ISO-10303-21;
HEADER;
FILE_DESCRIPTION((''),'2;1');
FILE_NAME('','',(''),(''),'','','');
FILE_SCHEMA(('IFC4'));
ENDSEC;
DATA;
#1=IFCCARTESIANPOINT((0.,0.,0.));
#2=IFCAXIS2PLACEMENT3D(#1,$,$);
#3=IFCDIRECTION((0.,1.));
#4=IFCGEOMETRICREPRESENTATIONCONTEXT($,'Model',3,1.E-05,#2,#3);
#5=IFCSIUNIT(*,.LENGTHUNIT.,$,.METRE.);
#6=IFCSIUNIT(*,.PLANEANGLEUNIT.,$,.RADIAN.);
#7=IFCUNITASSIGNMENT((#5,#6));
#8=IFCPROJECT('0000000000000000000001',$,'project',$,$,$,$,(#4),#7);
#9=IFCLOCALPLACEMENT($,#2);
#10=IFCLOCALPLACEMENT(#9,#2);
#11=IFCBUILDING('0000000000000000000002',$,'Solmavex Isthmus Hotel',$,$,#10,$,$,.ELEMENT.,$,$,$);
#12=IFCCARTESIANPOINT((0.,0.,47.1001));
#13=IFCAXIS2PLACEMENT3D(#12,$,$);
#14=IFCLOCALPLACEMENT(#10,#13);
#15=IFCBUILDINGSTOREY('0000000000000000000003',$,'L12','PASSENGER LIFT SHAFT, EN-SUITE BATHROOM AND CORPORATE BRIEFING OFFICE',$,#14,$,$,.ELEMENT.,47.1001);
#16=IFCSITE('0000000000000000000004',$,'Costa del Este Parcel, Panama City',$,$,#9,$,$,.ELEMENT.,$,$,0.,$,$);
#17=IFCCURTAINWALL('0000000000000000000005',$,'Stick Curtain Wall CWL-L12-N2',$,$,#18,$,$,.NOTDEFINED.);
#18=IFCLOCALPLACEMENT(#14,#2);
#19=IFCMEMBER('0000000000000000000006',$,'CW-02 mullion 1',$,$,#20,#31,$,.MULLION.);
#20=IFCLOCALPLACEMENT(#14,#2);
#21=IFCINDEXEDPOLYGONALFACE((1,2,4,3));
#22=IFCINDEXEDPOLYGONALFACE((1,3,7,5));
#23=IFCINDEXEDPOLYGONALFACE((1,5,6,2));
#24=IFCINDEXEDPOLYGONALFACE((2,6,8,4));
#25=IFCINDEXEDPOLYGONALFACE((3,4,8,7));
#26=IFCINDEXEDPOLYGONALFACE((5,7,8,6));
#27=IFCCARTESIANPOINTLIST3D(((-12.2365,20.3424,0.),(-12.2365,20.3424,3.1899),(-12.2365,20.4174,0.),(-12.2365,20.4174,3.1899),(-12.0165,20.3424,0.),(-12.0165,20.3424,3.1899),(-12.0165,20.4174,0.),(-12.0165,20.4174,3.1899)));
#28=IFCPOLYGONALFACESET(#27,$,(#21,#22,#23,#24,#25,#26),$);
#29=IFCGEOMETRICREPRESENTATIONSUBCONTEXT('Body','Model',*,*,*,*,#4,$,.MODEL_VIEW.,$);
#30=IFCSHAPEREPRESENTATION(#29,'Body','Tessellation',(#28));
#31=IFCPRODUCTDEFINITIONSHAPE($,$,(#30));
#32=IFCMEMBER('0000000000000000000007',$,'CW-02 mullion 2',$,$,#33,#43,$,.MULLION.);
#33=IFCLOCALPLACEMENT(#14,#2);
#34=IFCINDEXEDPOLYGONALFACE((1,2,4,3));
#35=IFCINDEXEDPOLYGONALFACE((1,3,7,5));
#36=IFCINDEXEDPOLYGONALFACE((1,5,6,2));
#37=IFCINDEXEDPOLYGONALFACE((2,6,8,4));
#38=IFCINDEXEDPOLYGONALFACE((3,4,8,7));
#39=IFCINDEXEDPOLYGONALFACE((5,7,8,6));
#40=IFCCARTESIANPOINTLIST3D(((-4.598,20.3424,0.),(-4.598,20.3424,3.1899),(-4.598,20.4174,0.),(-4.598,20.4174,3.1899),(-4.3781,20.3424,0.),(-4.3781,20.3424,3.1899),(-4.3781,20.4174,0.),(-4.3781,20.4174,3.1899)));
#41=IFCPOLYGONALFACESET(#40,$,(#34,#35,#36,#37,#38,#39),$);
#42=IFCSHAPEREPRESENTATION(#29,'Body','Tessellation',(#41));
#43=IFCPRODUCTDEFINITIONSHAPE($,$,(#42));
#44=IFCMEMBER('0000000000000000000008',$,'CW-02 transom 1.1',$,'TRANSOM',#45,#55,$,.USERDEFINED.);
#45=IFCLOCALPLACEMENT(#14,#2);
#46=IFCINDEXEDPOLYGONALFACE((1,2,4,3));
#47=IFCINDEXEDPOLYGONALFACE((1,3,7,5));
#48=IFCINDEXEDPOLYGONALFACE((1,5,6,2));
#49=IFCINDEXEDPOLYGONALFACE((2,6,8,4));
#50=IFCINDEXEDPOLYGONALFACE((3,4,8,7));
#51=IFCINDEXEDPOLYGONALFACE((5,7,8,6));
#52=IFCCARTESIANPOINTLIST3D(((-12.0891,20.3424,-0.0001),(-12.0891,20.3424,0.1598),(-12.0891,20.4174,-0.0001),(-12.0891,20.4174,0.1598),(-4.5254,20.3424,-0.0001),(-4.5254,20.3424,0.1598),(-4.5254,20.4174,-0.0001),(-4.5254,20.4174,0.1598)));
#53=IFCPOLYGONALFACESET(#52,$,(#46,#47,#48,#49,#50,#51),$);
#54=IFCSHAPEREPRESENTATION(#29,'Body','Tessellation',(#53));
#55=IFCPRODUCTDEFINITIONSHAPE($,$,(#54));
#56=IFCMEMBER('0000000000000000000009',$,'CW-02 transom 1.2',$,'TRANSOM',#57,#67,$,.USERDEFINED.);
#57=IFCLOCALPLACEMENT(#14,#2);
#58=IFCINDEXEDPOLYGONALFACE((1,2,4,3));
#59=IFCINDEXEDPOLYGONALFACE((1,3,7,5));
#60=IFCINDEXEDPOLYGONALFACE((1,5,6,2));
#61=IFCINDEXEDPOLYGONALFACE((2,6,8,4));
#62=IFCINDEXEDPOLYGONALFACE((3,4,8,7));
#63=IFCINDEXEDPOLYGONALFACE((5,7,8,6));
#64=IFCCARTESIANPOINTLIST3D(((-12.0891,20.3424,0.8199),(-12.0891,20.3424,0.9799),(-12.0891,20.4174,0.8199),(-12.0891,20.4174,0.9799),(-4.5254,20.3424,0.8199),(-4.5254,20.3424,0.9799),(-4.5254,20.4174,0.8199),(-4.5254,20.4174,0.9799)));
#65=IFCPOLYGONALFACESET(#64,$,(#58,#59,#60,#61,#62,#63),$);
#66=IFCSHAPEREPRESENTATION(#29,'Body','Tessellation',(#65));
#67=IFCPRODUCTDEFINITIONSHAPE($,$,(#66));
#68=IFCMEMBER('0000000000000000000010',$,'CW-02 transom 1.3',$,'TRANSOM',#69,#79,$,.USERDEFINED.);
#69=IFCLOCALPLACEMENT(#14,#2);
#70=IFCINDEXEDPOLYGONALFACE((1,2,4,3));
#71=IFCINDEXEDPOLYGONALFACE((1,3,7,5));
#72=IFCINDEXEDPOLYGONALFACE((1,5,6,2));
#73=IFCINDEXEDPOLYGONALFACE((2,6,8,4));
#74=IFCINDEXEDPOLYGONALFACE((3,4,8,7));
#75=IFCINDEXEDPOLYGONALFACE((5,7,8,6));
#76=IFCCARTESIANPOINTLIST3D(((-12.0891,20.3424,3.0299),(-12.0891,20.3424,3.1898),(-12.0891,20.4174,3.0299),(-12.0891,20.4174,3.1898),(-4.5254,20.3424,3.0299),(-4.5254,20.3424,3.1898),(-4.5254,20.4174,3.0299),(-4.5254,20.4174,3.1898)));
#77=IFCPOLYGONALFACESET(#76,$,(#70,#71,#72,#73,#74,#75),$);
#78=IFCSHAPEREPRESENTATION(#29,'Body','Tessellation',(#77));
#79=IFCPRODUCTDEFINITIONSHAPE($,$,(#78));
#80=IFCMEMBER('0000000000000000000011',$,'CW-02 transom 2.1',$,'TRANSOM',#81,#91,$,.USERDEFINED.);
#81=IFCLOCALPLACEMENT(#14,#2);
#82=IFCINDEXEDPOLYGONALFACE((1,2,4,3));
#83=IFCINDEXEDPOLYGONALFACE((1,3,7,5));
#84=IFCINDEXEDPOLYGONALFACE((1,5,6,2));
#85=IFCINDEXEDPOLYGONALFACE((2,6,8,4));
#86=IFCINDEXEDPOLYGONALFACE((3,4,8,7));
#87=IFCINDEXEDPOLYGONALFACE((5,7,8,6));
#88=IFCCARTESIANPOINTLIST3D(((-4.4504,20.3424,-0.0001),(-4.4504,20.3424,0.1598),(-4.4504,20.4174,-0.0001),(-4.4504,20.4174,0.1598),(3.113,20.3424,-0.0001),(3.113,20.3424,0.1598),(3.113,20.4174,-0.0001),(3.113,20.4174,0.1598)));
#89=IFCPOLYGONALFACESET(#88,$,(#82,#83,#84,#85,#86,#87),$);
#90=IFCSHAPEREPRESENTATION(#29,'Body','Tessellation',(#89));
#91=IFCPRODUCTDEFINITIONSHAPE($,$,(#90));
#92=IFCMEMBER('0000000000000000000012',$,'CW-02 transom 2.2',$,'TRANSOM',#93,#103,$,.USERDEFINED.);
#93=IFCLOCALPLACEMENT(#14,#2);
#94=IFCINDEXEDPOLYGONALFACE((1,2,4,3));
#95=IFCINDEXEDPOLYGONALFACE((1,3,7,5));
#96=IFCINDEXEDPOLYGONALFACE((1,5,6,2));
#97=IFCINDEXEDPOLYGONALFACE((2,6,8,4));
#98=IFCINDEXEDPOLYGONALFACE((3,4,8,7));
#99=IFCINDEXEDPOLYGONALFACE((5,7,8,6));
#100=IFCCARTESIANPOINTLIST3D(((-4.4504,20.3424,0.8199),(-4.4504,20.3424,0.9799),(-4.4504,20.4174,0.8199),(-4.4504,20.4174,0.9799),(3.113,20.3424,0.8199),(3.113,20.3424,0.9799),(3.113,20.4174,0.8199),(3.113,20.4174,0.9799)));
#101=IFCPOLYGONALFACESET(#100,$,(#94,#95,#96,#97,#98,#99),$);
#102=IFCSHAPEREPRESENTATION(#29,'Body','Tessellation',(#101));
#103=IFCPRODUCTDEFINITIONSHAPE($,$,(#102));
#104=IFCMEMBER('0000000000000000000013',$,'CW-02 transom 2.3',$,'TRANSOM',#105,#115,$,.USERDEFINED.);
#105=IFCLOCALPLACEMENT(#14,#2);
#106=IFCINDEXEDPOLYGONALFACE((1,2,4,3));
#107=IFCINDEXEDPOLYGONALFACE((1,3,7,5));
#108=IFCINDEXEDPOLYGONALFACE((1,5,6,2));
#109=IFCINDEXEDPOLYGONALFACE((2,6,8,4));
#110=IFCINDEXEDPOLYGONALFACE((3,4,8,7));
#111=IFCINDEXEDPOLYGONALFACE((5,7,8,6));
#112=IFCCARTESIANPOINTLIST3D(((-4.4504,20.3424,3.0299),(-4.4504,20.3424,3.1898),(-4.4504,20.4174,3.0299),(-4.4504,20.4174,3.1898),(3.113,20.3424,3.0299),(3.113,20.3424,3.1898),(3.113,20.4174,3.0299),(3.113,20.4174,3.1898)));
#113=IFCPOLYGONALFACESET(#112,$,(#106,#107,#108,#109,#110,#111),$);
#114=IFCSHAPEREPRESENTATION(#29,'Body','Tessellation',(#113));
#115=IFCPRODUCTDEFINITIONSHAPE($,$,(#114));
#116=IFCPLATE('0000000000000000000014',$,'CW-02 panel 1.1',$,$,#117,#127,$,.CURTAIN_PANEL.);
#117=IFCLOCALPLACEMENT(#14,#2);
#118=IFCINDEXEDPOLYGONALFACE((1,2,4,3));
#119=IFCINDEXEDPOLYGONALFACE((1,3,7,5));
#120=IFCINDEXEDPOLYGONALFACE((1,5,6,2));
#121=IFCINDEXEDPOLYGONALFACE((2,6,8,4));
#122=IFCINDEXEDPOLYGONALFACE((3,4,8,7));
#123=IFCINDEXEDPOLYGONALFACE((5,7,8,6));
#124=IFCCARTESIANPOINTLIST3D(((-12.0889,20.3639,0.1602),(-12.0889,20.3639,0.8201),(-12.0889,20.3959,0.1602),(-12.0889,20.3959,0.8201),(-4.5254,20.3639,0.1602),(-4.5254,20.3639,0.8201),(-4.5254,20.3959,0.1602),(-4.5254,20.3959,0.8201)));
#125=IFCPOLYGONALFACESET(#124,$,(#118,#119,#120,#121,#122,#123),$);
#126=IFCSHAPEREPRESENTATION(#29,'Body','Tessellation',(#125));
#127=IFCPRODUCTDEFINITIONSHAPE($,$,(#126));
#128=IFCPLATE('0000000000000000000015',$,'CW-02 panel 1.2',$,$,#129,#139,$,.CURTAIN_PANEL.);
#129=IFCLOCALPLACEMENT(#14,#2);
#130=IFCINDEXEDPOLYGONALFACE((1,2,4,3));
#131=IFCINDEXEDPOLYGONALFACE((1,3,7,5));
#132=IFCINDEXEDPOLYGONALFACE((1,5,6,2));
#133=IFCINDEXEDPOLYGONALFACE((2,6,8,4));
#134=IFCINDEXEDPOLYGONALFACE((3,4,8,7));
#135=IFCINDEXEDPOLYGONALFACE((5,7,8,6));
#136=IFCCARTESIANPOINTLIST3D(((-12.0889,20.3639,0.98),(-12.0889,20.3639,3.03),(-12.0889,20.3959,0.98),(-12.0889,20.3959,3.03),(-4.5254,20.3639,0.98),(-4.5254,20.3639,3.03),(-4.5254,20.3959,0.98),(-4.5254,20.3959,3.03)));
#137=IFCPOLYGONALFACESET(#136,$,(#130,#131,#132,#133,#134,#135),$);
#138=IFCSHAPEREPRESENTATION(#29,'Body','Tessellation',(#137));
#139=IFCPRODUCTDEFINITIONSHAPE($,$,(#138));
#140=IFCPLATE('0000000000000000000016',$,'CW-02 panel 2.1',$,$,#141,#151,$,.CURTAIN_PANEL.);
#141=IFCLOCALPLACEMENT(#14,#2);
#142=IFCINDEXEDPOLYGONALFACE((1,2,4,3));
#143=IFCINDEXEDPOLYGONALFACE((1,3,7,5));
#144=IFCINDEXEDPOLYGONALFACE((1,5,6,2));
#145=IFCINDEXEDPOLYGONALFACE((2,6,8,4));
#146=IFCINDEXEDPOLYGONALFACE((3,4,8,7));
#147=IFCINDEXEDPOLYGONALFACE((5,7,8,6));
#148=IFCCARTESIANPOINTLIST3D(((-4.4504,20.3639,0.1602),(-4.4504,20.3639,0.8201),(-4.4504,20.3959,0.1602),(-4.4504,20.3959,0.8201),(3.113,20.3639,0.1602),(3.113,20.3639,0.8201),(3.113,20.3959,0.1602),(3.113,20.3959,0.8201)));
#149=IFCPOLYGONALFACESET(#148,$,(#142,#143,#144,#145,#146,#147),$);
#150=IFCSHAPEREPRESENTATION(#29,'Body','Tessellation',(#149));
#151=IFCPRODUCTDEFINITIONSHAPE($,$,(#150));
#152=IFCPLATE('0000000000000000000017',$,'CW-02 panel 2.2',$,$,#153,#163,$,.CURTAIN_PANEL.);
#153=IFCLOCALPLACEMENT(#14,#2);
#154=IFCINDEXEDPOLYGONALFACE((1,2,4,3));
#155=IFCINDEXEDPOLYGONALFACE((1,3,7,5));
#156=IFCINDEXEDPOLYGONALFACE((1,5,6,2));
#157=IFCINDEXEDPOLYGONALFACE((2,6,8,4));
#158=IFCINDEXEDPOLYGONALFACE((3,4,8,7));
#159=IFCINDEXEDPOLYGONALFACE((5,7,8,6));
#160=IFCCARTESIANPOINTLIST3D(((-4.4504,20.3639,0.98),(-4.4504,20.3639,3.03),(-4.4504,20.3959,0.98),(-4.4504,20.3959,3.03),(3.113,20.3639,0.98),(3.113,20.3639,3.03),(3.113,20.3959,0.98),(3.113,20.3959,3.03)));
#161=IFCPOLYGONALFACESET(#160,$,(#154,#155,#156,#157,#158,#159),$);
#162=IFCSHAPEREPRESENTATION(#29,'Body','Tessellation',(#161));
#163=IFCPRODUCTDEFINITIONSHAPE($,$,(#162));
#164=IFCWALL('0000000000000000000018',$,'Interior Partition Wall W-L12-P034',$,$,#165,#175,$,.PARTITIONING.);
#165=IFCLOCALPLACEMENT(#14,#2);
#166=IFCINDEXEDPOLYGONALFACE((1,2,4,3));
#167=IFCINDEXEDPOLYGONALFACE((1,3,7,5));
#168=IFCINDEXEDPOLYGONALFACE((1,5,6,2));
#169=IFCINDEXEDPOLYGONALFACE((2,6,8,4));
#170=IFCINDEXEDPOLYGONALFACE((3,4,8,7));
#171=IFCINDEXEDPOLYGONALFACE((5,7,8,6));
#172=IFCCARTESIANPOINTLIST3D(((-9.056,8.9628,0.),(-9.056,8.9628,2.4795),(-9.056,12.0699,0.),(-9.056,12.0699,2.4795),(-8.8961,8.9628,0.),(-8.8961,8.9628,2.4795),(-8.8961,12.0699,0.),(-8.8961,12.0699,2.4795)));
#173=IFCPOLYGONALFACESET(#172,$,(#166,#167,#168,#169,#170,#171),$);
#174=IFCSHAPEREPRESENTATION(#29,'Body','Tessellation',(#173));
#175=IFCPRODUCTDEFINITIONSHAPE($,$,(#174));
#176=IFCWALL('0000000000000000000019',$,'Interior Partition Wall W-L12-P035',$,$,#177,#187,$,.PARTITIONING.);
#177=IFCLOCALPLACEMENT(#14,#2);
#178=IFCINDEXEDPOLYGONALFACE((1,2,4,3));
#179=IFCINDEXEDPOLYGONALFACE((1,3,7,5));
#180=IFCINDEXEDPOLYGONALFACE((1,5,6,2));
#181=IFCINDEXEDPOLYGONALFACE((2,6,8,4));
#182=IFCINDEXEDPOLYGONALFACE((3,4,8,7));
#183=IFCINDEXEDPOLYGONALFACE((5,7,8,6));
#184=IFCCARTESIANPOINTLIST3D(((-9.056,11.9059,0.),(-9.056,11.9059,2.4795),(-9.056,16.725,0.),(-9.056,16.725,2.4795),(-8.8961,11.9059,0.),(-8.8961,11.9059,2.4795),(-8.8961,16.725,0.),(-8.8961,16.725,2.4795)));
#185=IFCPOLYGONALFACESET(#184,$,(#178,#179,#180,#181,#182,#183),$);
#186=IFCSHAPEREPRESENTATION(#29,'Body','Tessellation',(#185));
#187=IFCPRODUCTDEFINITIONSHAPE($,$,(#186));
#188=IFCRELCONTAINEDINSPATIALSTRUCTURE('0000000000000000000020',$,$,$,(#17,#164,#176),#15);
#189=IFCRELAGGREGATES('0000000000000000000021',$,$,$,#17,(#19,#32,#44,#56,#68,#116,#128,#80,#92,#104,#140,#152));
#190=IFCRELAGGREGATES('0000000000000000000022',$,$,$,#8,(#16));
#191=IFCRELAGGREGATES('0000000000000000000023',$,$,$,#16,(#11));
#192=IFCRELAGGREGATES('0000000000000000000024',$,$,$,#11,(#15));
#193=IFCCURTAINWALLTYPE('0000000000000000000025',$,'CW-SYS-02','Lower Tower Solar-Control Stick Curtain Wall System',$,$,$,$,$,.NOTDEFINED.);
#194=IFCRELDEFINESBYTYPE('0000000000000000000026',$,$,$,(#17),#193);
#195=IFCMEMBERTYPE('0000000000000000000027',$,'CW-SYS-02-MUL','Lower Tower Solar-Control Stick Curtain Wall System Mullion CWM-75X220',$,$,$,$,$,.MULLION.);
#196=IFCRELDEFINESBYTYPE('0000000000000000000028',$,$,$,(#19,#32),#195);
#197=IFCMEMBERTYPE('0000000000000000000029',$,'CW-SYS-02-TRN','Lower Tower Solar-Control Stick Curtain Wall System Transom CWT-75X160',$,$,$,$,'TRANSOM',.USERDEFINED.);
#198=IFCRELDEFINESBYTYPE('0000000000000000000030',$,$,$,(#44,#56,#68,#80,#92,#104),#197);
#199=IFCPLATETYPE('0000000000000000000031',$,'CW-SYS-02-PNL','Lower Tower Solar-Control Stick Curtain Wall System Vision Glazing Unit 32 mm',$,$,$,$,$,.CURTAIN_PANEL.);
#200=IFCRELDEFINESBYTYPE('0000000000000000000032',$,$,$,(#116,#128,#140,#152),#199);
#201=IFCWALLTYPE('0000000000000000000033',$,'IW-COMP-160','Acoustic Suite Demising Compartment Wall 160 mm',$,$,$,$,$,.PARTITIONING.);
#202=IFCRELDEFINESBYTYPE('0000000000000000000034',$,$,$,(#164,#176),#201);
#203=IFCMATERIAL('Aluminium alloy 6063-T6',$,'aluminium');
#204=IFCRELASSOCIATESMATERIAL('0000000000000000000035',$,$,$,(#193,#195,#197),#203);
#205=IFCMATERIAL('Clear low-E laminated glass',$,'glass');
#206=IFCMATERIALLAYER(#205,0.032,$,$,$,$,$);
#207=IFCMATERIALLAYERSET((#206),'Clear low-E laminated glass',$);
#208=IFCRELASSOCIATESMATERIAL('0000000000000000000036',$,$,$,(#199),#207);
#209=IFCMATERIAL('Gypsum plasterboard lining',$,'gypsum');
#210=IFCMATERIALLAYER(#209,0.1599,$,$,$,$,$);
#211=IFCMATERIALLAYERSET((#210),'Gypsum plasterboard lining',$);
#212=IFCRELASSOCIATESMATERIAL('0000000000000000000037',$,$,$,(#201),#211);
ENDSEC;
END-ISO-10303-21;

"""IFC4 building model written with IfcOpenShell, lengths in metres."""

from ifc_helpers import new_model, si_unit, direction, frame, frame_2d, origin, origin_2d, place, context, subcontext, project, spatial, rectangle, extrude, material, layer, layer_set, material_profile, profile_set, type_object, element, aggregate, save


model = new_model("IFC4")

# Units and contexts
model_context = context("Model", 3, precision=1e-05, world=origin(), true_north=direction((0.0, 1.0)))
body_context = subcontext(model_context, "Body", "Model", "MODEL_VIEW")
ifc_project = project(units=[si_unit("LENGTHUNIT", "METRE"), si_unit("PLANEANGLEUNIT", "RADIAN")], contexts=[model_context])

# Site, building, storey
site_placement = place(None, origin())
site = spatial("IfcSite", under=ifc_project, at=site_placement, Name="Costa del Este Parcel, Panama City", CompositionType="ELEMENT", RefElevation=0.0)
building_placement = place(site_placement, origin())
building = spatial("IfcBuilding", under=site, at=building_placement, Name="Solmavex Isthmus Hotel", CompositionType="ELEMENT")
storey_placement = place(building_placement, frame((0.0, 0.0, 47.1001)))
storey = spatial("IfcBuildingStorey", under=building, at=storey_placement, Name="L12", Description="PASSENGER LIFT SHAFT, EN-SUITE BATHROOM AND CORPORATE BRIEFING OFFICE", CompositionType="ELEMENT", Elevation=47.1001)

# Curtain wall, members, plates
ifc_material_1 = material(Name="Aluminium alloy 6063-T6", Category="aluminium")
curtain_wall_type = type_object("IfcCurtainWallType", Name="CW-SYS-02", Description="Lower Tower Solar-Control Stick Curtain Wall System", PredefinedType="NOTDEFINED", material=ifc_material_1)
curtain_wall_placement = place(storey_placement, origin())
curtain_wall = element("IfcCurtainWall", 1, at=curtain_wall_placement, inside=storey, type_object=curtain_wall_type, Name="Stick Curtain Wall CWL-L12-N2", PredefinedType="NOTDEFINED")
ifc_material_profile_1 = material_profile(ifc_material_1, rectangle(XDim=0.075, YDim=0.22, at=origin_2d()), Name="CWM-75X220")
ifc_profile_set_1 = profile_set([ifc_material_profile_1], Name="Aluminium alloy 6063-T6")
member_type_1 = type_object("IfcMemberType", Name="CW-SYS-02-MUL", Description="Lower Tower Solar-Control Stick Curtain Wall System Mullion CWM-75X220", PredefinedType="MULLION", material=ifc_profile_set_1)
member_1_placement = place(storey_placement, frame((-12.1265, 20.3799, 0.0), z_axis=(0.0, 0.0, 1.0), x_axis=(0.0, 1.0, 0.0)))
member_1 = element("IfcMember", 2, at=member_1_placement, type_object=member_type_1, Name="CW-02 mullion 1", PredefinedType="MULLION", context=body_context, shape_type="SweptSolid", body=[
    extrude(rectangle(XDim=0.075, YDim=0.22, at=origin_2d()), origin(), (0.0, 0.0, 1.0), 3.1899),
])
member_2_placement = place(storey_placement, frame((-4.488, 20.3799, 0.0), z_axis=(0.0, 0.0, 1.0), x_axis=(0.0, 1.0, 0.0)))
member_2 = element("IfcMember", 3, at=member_2_placement, type_object=member_type_1, Name="CW-02 mullion 2", PredefinedType="MULLION", context=body_context, shape_type="SweptSolid", body=[
    extrude(rectangle(XDim=0.075, YDim=0.22, at=origin_2d()), origin(), (0.0, 0.0, 1.0), 3.1899),
])
ifc_material_profile_2 = material_profile(ifc_material_1, rectangle(XDim=0.075, YDim=0.1599, at=origin_2d()), Name="CWT-75X160")
ifc_profile_set_2 = profile_set([ifc_material_profile_2], Name="Aluminium alloy 6063-T6")
member_type_2 = type_object("IfcMemberType", Name="CW-SYS-02-TRN", Description="Lower Tower Solar-Control Stick Curtain Wall System Transom CWT-75X160", ElementType="TRANSOM", PredefinedType="USERDEFINED", material=ifc_profile_set_2)
member_3_placement = place(storey_placement, frame((-12.0891, 20.3799, 0.0798), z_axis=(1.0, 0.0, 0.0), x_axis=(0.0, 1.0, 0.0)))
member_3 = element("IfcMember", 4, at=member_3_placement, type_object=member_type_2, Name="CW-02 transom 1.1", ObjectType="TRANSOM", PredefinedType="USERDEFINED", context=body_context, shape_type="SweptSolid", body=[
    extrude(rectangle(XDim=0.075, YDim=0.1599, at=origin_2d()), origin(), (0.0, 0.0, 1.0), 7.5637),
])
member_4_placement = place(storey_placement, frame((-12.0891, 20.3799, 0.8999), z_axis=(1.0, 0.0, 0.0), x_axis=(0.0, 1.0, 0.0)))
member_4 = element("IfcMember", 5, at=member_4_placement, type_object=member_type_2, Name="CW-02 transom 1.2", ObjectType="TRANSOM", PredefinedType="USERDEFINED", context=body_context, shape_type="SweptSolid", body=[
    extrude(rectangle(XDim=0.075, YDim=0.1599, at=origin_2d()), origin(), (0.0, 0.0, 1.0), 7.5637),
])
member_5_placement = place(storey_placement, frame((-12.0891, 20.3799, 3.1099), z_axis=(1.0, 0.0, 0.0), x_axis=(0.0, 1.0, 0.0)))
member_5 = element("IfcMember", 6, at=member_5_placement, type_object=member_type_2, Name="CW-02 transom 1.3", ObjectType="TRANSOM", PredefinedType="USERDEFINED", context=body_context, shape_type="SweptSolid", body=[
    extrude(rectangle(XDim=0.075, YDim=0.1599, at=origin_2d()), origin(), (0.0, 0.0, 1.0), 7.5637),
])
member_6_placement = place(storey_placement, frame((-4.4504, 20.3799, 0.0798), z_axis=(1.0, 0.0, 0.0), x_axis=(0.0, 1.0, 0.0)))
member_6 = element("IfcMember", 7, at=member_6_placement, type_object=member_type_2, Name="CW-02 transom 2.1", ObjectType="TRANSOM", PredefinedType="USERDEFINED", context=body_context, shape_type="SweptSolid", body=[
    extrude(rectangle(XDim=0.075, YDim=0.1599, at=origin_2d()), origin(), (0.0, 0.0, 1.0), 7.5635),
])
member_7_placement = place(storey_placement, frame((-4.4504, 20.3799, 0.8999), z_axis=(1.0, 0.0, 0.0), x_axis=(0.0, 1.0, 0.0)))
member_7 = element("IfcMember", 8, at=member_7_placement, type_object=member_type_2, Name="CW-02 transom 2.2", ObjectType="TRANSOM", PredefinedType="USERDEFINED", context=body_context, shape_type="SweptSolid", body=[
    extrude(rectangle(XDim=0.075, YDim=0.1599, at=origin_2d()), origin(), (0.0, 0.0, 1.0), 7.5635),
])
member_8_placement = place(storey_placement, frame((-4.4504, 20.3799, 3.1099), z_axis=(1.0, 0.0, 0.0), x_axis=(0.0, 1.0, 0.0)))
member_8 = element("IfcMember", 9, at=member_8_placement, type_object=member_type_2, Name="CW-02 transom 2.3", ObjectType="TRANSOM", PredefinedType="USERDEFINED", context=body_context, shape_type="SweptSolid", body=[
    extrude(rectangle(XDim=0.075, YDim=0.1599, at=origin_2d()), origin(), (0.0, 0.0, 1.0), 7.5635),
])
ifc_material_2 = material(Name="Clear low-E laminated glass", Category="glass")
ifc_layer_1 = layer(ifc_material_2, 0.032)
ifc_layer_set_1 = layer_set([ifc_layer_1], Name="Clear low-E laminated glass")
plate_type = type_object("IfcPlateType", Name="CW-SYS-02-PNL", Description="Lower Tower Solar-Control Stick Curtain Wall System Vision Glazing Unit 32 mm", PredefinedType="CURTAIN_PANEL", material=ifc_layer_set_1)
plate_1_placement = place(storey_placement, frame((-8.3071, 20.3799, 0.1602), z_axis=(0.0, 0.0, 1.0), x_axis=(1.0, 0.0, 0.0)))
plate_1 = element("IfcPlate", 10, at=plate_1_placement, type_object=plate_type, Name="CW-02 panel 1.1", PredefinedType="CURTAIN_PANEL", context=body_context, shape_type="SweptSolid", body=[
    extrude(rectangle(XDim=7.5635, YDim=0.032, at=origin_2d()), origin(), (0.0, 0.0, 1.0), 0.6599),
])
plate_2_placement = place(storey_placement, frame((-8.3071, 20.3799, 0.98), z_axis=(0.0, 0.0, 1.0), x_axis=(1.0, 0.0, 0.0)))
plate_2 = element("IfcPlate", 11, at=plate_2_placement, type_object=plate_type, Name="CW-02 panel 1.2", PredefinedType="CURTAIN_PANEL", context=body_context, shape_type="SweptSolid", body=[
    extrude(rectangle(XDim=7.5635, YDim=0.032, at=origin_2d()), origin(), (0.0, 0.0, 1.0), 2.05),
])
plate_3_placement = place(storey_placement, frame((-0.6687, 20.3799, 0.1602), z_axis=(0.0, 0.0, 1.0), x_axis=(1.0, 0.0, 0.0)))
plate_3 = element("IfcPlate", 12, at=plate_3_placement, type_object=plate_type, Name="CW-02 panel 2.1", PredefinedType="CURTAIN_PANEL", context=body_context, shape_type="SweptSolid", body=[
    extrude(rectangle(XDim=7.5635, YDim=0.032, at=origin_2d()), origin(), (0.0, 0.0, 1.0), 0.6599),
])
plate_4_placement = place(storey_placement, frame((-0.6687, 20.3799, 0.98), z_axis=(0.0, 0.0, 1.0), x_axis=(1.0, 0.0, 0.0)))
plate_4 = element("IfcPlate", 13, at=plate_4_placement, type_object=plate_type, Name="CW-02 panel 2.2", PredefinedType="CURTAIN_PANEL", context=body_context, shape_type="SweptSolid", body=[
    extrude(rectangle(XDim=7.5635, YDim=0.032, at=origin_2d()), origin(), (0.0, 0.0, 1.0), 2.05),
])
aggregate(curtain_wall, [member_1, member_2, member_3, member_4, member_5, plate_1, plate_2, member_6, member_7, member_8, plate_3, plate_4])

# Walls
ifc_material_3 = material(Name="Gypsum plasterboard lining", Category="gypsum")
ifc_layer_2 = layer(ifc_material_3, 0.1599)
ifc_layer_set_2 = layer_set([ifc_layer_2], Name="Gypsum plasterboard lining")
wall_type_1 = type_object("IfcWallType", Name="IW-COMP-160", Description="Acoustic Suite Demising Compartment Wall 160 mm", PredefinedType="PARTITIONING", material=ifc_layer_set_2)
wall_1_placement = place(storey_placement, frame((-8.9761, 12.0701, 0.0), z_axis=(0.0, 0.0, 1.0), x_axis=(0.0, -1.0, 0.0)))
element("IfcWall", 14, at=wall_1_placement, inside=storey, type_object=wall_type_1, Name="Interior Partition Wall W-L12-P034", PredefinedType="PARTITIONING", context=body_context, shape_type="SweptSolid", body=[
    extrude(rectangle(XDim=3.1072, YDim=0.1599, at=frame_2d((1.5537, 0.0))), origin(), (0.0, 0.0, 1.0), 2.4795),
])
wall_2_placement = place(storey_placement, frame((-8.9761, 16.7251, 0.0), z_axis=(0.0, 0.0, 1.0), x_axis=(0.0, -1.0, 0.0)))
element("IfcWall", 15, at=wall_2_placement, inside=storey, type_object=wall_type_1, Name="Interior Partition Wall W-L12-P035", PredefinedType="PARTITIONING", context=body_context, shape_type="SweptSolid", body=[
    extrude(rectangle(XDim=4.8191, YDim=0.1599, at=frame_2d((2.4097, 0.0))), origin(), (0.0, 0.0, 1.0), 2.4795),
])

save(model, "model.ifc")
